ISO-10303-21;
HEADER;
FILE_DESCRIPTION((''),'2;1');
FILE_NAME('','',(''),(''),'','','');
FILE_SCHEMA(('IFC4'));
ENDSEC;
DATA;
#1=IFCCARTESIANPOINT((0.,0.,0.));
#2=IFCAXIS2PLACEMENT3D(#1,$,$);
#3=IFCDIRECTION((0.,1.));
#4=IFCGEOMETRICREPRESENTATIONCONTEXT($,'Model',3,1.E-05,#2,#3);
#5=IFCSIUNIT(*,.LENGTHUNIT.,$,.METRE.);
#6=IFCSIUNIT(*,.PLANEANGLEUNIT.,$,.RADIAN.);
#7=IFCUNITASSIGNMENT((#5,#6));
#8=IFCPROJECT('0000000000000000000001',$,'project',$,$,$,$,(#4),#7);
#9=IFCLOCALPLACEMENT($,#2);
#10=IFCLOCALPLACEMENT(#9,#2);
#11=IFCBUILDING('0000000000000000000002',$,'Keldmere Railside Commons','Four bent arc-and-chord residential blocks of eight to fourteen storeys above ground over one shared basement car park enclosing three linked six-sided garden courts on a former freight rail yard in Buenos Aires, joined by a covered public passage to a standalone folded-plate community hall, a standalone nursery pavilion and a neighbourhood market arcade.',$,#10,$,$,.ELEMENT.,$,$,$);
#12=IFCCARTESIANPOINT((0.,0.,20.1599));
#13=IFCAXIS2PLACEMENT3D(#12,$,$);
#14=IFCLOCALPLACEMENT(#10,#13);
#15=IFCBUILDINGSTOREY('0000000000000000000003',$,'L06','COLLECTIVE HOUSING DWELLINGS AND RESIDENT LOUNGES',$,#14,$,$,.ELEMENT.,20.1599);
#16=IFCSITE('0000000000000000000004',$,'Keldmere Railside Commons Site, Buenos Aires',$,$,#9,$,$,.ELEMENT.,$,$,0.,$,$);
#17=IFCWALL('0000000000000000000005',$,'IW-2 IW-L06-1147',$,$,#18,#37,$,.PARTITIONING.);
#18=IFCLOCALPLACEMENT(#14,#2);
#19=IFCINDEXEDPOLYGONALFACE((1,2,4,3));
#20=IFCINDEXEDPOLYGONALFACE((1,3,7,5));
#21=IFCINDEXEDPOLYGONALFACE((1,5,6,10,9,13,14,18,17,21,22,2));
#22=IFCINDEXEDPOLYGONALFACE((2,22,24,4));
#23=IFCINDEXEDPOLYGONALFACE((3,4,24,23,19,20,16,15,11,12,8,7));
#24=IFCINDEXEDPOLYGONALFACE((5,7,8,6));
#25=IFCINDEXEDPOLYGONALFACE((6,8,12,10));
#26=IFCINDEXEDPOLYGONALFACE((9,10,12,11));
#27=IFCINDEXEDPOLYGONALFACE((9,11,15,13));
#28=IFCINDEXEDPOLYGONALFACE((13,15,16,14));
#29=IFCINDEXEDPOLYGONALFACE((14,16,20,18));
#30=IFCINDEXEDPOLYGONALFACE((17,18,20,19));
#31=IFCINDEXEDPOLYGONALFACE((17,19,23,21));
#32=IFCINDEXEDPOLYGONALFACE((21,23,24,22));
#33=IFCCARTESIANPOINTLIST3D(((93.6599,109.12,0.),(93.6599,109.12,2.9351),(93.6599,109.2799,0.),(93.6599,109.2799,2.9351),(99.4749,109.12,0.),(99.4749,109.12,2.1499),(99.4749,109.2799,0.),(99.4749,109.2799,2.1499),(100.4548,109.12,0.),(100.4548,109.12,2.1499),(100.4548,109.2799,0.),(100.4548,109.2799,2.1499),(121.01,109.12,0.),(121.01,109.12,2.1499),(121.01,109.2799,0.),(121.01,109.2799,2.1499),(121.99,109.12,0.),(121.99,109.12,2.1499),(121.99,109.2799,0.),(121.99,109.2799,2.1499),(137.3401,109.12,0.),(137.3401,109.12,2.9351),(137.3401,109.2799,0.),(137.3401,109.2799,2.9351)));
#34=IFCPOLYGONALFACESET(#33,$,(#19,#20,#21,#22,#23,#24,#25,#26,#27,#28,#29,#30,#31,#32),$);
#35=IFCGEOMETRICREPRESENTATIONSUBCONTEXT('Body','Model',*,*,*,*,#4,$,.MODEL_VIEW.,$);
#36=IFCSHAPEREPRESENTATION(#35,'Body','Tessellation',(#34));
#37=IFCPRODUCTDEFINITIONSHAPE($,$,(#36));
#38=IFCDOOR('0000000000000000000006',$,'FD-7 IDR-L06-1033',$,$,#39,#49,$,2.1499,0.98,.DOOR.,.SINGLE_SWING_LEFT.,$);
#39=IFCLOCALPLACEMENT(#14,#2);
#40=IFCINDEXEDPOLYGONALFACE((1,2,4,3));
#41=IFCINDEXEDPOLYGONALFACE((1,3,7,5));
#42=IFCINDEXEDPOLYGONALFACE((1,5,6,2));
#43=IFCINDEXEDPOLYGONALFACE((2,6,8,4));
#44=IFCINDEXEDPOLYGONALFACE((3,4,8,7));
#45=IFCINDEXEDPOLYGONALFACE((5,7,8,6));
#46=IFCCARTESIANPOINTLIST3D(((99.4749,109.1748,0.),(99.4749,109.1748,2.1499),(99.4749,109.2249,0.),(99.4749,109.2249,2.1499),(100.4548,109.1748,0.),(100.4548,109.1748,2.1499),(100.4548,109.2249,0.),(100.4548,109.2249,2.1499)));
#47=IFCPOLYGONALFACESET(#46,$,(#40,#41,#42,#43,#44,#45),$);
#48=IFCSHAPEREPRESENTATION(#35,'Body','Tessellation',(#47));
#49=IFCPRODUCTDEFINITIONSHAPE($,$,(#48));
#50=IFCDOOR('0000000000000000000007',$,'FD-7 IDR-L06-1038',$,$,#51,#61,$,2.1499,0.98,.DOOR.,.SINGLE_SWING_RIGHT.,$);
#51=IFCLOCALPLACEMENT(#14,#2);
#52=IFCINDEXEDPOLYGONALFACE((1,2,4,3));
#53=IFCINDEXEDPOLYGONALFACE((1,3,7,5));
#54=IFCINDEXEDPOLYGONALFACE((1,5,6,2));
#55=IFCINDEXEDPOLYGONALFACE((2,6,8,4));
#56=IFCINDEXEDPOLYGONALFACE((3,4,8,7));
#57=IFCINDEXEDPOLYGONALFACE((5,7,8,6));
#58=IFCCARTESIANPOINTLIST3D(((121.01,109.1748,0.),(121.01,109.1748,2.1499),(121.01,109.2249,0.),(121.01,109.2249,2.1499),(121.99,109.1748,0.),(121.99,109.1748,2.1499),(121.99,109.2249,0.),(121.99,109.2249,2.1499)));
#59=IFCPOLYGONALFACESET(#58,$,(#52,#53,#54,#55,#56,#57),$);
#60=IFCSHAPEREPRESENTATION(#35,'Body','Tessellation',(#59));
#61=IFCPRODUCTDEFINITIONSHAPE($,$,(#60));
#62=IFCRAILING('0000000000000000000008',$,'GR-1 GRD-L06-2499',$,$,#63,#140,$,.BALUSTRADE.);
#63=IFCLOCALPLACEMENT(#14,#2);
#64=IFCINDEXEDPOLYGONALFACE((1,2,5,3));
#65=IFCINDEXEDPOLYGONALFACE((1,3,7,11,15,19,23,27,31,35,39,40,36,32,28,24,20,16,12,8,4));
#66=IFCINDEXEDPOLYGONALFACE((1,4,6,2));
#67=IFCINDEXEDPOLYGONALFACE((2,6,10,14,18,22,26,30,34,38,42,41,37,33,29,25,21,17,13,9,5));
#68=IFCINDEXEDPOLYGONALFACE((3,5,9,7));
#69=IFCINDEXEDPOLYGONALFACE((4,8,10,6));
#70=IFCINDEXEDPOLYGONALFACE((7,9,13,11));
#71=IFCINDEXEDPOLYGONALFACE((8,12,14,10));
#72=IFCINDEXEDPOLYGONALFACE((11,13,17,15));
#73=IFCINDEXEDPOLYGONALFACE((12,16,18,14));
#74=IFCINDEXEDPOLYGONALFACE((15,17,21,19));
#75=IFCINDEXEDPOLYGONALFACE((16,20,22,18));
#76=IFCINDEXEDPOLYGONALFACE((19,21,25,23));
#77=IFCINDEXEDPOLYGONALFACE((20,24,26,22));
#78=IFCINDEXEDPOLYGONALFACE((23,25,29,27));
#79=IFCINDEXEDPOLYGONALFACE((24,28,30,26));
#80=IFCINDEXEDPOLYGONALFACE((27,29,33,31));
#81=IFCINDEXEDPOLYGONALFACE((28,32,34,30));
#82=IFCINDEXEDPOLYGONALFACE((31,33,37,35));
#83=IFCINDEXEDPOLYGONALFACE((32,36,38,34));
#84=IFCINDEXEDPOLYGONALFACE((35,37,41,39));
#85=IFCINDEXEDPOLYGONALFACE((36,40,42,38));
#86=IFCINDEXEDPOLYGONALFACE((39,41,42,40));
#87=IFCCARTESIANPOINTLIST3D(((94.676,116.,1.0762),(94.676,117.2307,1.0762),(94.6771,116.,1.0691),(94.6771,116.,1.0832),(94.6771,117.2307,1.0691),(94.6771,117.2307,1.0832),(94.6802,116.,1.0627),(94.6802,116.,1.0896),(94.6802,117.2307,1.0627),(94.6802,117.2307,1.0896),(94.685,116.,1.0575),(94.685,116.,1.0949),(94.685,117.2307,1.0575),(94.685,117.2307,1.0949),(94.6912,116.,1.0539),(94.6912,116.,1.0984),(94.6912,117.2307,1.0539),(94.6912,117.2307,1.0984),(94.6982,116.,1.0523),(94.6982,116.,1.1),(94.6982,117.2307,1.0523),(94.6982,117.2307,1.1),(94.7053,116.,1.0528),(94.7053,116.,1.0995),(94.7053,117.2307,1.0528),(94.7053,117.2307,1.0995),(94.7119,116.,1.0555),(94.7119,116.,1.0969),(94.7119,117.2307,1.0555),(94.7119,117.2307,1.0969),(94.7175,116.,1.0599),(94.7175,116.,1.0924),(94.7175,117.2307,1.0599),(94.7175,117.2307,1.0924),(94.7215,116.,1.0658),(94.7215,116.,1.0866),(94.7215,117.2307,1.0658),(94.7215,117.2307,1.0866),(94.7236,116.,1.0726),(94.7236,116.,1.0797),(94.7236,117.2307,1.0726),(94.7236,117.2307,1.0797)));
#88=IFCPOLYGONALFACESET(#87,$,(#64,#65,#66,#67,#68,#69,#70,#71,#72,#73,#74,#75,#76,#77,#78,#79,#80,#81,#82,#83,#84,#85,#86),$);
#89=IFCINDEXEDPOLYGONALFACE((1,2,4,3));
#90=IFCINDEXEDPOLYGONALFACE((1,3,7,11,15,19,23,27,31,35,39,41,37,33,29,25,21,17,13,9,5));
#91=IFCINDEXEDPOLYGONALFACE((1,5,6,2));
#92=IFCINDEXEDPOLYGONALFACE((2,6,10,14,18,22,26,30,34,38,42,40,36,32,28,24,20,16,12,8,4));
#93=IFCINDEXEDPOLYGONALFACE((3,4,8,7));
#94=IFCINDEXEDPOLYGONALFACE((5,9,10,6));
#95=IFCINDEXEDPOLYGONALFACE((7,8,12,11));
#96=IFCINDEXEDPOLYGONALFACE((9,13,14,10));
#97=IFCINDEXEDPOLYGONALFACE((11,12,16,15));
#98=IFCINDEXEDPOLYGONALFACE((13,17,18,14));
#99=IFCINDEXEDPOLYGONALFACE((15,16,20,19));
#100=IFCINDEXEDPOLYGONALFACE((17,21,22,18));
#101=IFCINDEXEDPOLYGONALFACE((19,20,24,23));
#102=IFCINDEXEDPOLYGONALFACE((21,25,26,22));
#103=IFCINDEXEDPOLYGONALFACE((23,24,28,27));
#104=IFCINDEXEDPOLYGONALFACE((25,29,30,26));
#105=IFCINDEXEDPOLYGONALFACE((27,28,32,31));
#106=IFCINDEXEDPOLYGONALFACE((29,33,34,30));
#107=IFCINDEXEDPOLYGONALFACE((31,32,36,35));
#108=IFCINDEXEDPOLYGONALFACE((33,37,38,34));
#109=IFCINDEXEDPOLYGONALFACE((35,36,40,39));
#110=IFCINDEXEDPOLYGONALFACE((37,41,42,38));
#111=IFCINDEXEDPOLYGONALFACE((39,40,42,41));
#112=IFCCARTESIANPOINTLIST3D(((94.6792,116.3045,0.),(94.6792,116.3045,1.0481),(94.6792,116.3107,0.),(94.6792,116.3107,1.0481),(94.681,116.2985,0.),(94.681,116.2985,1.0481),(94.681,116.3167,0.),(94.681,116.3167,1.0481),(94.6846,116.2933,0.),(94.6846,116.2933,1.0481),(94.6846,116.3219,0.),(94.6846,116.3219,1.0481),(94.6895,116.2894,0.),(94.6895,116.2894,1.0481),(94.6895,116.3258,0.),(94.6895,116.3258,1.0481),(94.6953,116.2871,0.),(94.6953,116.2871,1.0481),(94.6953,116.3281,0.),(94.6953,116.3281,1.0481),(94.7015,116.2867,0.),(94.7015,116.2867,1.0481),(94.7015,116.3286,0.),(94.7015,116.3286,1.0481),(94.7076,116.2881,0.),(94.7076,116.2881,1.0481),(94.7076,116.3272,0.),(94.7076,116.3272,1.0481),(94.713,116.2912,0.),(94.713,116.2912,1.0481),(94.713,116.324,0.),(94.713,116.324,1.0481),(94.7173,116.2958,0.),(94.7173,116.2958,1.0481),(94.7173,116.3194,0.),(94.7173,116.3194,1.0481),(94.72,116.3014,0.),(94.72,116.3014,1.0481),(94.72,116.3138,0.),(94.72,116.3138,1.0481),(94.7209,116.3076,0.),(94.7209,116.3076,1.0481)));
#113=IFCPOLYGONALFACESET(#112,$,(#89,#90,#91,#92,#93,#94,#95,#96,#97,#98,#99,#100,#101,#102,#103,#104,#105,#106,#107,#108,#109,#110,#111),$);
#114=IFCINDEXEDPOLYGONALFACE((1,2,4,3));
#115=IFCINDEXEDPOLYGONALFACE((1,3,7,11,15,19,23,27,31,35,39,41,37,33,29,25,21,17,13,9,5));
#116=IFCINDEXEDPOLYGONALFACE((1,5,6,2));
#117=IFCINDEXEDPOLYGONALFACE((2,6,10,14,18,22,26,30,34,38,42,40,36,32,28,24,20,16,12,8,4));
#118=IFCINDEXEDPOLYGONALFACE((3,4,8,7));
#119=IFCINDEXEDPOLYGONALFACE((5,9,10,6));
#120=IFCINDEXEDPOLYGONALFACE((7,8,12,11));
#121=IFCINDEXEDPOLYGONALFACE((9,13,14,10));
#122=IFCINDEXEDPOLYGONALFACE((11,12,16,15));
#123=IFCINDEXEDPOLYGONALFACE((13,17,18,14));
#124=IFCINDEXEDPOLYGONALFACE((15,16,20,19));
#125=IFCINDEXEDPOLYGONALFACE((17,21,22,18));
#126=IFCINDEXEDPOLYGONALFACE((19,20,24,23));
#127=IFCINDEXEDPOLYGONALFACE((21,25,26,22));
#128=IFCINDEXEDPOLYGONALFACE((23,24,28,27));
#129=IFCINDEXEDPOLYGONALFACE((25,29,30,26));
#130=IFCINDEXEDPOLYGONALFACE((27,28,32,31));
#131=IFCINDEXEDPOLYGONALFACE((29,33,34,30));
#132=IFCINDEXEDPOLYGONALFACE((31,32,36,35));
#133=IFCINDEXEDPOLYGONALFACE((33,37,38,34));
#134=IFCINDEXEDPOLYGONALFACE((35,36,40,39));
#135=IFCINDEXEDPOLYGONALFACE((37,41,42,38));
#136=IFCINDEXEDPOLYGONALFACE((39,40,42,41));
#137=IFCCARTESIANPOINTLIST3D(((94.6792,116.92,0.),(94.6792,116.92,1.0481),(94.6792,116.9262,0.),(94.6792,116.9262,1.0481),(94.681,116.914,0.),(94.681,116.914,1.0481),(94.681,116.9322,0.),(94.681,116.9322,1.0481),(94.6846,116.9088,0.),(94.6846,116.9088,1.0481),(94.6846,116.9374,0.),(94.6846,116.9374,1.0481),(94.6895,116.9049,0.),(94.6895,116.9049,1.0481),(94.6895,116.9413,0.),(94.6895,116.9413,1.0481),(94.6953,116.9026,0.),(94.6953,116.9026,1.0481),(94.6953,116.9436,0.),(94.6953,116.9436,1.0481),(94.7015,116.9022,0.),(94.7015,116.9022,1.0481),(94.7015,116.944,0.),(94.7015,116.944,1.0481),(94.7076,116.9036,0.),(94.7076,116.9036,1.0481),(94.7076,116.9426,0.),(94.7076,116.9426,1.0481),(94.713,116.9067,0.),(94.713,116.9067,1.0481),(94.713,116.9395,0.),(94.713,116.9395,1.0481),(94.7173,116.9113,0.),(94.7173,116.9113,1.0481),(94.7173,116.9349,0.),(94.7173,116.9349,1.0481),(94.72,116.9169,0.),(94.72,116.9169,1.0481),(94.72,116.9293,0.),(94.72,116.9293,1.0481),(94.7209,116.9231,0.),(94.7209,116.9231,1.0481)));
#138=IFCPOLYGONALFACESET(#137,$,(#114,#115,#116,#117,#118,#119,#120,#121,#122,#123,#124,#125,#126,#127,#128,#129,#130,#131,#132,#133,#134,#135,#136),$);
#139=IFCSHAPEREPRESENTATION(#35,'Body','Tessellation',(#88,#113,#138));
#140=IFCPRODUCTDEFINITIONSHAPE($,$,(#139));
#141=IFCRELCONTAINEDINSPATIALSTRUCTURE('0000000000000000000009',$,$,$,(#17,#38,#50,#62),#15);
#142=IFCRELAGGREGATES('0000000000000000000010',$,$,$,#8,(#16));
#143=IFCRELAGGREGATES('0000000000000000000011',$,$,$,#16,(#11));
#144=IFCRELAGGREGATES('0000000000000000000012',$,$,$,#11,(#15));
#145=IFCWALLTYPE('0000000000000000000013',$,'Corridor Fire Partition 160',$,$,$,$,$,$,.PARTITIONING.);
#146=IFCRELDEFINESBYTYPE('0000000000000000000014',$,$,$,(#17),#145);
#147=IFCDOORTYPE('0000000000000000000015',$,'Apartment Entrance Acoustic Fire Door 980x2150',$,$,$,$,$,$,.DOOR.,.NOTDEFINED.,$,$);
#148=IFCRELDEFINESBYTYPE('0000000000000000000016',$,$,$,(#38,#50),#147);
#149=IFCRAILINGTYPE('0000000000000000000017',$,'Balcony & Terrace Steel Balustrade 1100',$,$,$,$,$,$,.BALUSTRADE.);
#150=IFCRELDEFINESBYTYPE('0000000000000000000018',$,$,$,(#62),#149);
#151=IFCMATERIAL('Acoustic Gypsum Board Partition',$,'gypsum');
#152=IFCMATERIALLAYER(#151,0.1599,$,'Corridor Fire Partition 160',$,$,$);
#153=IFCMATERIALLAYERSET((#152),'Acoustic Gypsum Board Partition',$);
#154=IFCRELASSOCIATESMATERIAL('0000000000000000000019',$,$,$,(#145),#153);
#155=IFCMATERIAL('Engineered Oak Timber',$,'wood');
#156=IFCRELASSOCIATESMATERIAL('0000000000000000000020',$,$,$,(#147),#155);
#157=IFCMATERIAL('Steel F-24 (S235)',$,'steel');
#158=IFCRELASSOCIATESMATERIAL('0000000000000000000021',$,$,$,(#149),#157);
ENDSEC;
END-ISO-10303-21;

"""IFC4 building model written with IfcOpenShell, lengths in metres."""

from ifc_helpers import new_model, si_unit, direction, frame, frame_2d, origin, origin_2d, place, context, subcontext, project, spatial, rectangle, circle, extrude, material, layer, layer_set, type_object, element, fill, save


model = new_model("IFC4")

# Units and contexts
model_context = context("Model", 3, precision=1e-05, world=origin(), true_north=direction((0.0, 1.0)))
body_context = subcontext(model_context, "Body", "Model", "MODEL_VIEW")
ifc_project = project(units=[si_unit("LENGTHUNIT", "METRE"), si_unit("PLANEANGLEUNIT", "RADIAN")], contexts=[model_context])

# Site, building, storey
site_placement = place(None, origin())
site = spatial("IfcSite", under=ifc_project, at=site_placement, Name="Keldmere Railside Commons Site, Buenos Aires", CompositionType="ELEMENT", RefElevation=0.0)
building_placement = place(site_placement, origin())
building = spatial("IfcBuilding", under=site, at=building_placement, Name="Keldmere Railside Commons", Description="Four bent arc-and-chord residential blocks of eight to fourteen storeys above ground over one shared basement car park enclosing three linked six-sided garden courts on a former freight rail yard in Buenos Aires, joined by a covered public passage to a standalone folded-plate community hall, a standalone nursery pavilion and a neighbourhood market arcade.", CompositionType="ELEMENT")
storey_placement = place(building_placement, frame((0.0, 0.0, 20.1599)))
storey = spatial("IfcBuildingStorey", under=building, at=storey_placement, Name="L06", Description="COLLECTIVE HOUSING DWELLINGS AND RESIDENT LOUNGES", CompositionType="ELEMENT", Elevation=20.1599)

# Shared definitions
ifc_material_1 = material(Name="Acoustic Gypsum Board Partition", Category="gypsum")
ifc_material_2 = material(Name="Engineered Oak Timber", Category="wood")

# Wall, openings, doors
ifc_layer_1 = layer(ifc_material_1, 0.1599, Name="Corridor Fire Partition 160")
ifc_layer_set_1 = layer_set([ifc_layer_1], Name="Acoustic Gypsum Board Partition")
wall_type_1 = type_object("IfcWallType", Name="Corridor Fire Partition 160", PredefinedType="PARTITIONING", material=ifc_layer_set_1)
wall_1_placement = place(storey_placement, frame((93.6599, 109.2, 0.0), z_axis=(0.0, 0.0, 1.0), x_axis=(1.0, 0.0, 0.0)))
wall_1 = element("IfcWall", 1, at=wall_1_placement, inside=storey, type_object=wall_type_1, Name="IW-2 IW-L06-1147", PredefinedType="PARTITIONING", context=body_context, shape_type="SweptSolid", body=[
    extrude(rectangle(XDim=43.6802, YDim=0.1599, at=frame_2d((21.8401, 0.0))), origin(), (0.0, 0.0, 1.0), 2.9351),
])
opening_1_placement = place(wall_1_placement, frame((5.8149, 0.0, 0.0)))
opening_1 = element("IfcOpeningElement", 2, at=opening_1_placement, cuts=wall_1, PredefinedType="OPENING", context=body_context, shape_type="SweptSolid", body=[
    extrude(rectangle(XDim=0.98, YDim=2.1499, at=frame_2d((0.49, 1.075))), frame((0.0, 0.0898, 0.0), z_axis=(0.0, -1.0, 0.0), x_axis=(1.0, 0.0, 0.0)), (0.0, 0.0, 1.0), 0.1799),
])
opening_2_placement = place(wall_1_placement, frame((27.3501, 0.0, 0.0)))
opening_2 = element("IfcOpeningElement", 3, at=opening_2_placement, cuts=wall_1, PredefinedType="OPENING", context=body_context, shape_type="SweptSolid", body=[
    extrude(rectangle(XDim=0.98, YDim=2.1499, at=frame_2d((0.49, 1.075))), frame((0.0, 0.0898, 0.0), z_axis=(0.0, -1.0, 0.0), x_axis=(1.0, 0.0, 0.0)), (0.0, 0.0, 1.0), 0.1799),
])
door_type_1 = type_object("IfcDoorType", Name="Apartment Entrance Acoustic Fire Door 980x2150", OperationType="NOTDEFINED", PredefinedType="DOOR", material=ifc_material_2)
door_1_placement = place(opening_1_placement, origin())
door_1 = element("IfcDoor", 4, at=door_1_placement, inside=storey, type_object=door_type_1, Name="FD-7 IDR-L06-1033", OperationType="SINGLE_SWING_LEFT", OverallHeight=2.1499, OverallWidth=0.98, PredefinedType="DOOR", context=body_context, shape_type="SweptSolid", body=[
    extrude(rectangle(XDim=0.98, YDim=2.1499, at=frame_2d((0.49, 1.075))), frame((0.0, 0.0249, 0.0), z_axis=(0.0, -1.0, 0.0), x_axis=(1.0, 0.0, 0.0)), (0.0, 0.0, 1.0), 0.05),
])
fill(opening_1, door_1)
door_2_placement = place(opening_2_placement, origin())
door_2 = element("IfcDoor", 5, at=door_2_placement, inside=storey, type_object=door_type_1, Name="FD-7 IDR-L06-1038", OperationType="SINGLE_SWING_RIGHT", OverallHeight=2.1499, OverallWidth=0.98, PredefinedType="DOOR", context=body_context, shape_type="SweptSolid", body=[
    extrude(rectangle(XDim=0.98, YDim=2.1499, at=frame_2d((0.49, 1.075))), frame((0.0, 0.0249, 0.0), z_axis=(0.0, -1.0, 0.0), x_axis=(1.0, 0.0, 0.0)), (0.0, 0.0, 1.0), 0.05),
])
fill(opening_2, door_2)

# Railing
ifc_material_3 = material(Name="Steel F-24 (S235)", Category="steel")
railing_type = type_object("IfcRailingType", Name="Balcony & Terrace Steel Balustrade 1100", PredefinedType="BALUSTRADE", material=ifc_material_3)
railing_1_placement = place(storey_placement, frame((94.7, 116.0, 0.0)))
element("IfcRailing", 6, at=railing_1_placement, inside=storey, type_object=railing_type, Name="GR-1 GRD-L06-2499", PredefinedType="BALUSTRADE", context=body_context, shape_type="SweptSolid", body=[
    extrude(circle(Radius=0.0239, at=origin_2d()), frame((0.0, 0.0, 1.0762), z_axis=(0.0, 1.0, 0.0), x_axis=(-1.0, 0.0, 0.0)), (0.0, 0.0, 1.0), 1.2307),
    extrude(circle(Radius=0.021, at=origin_2d()), frame((0.0, 0.3076, 0.0)), (0.0, 0.0, 1.0), 1.0481),
    extrude(circle(Radius=0.021, at=origin_2d()), frame((0.0, 0.9231, 0.0)), (0.0, 0.0, 1.0), 1.0481),
])

save(model, "model.ifc")
